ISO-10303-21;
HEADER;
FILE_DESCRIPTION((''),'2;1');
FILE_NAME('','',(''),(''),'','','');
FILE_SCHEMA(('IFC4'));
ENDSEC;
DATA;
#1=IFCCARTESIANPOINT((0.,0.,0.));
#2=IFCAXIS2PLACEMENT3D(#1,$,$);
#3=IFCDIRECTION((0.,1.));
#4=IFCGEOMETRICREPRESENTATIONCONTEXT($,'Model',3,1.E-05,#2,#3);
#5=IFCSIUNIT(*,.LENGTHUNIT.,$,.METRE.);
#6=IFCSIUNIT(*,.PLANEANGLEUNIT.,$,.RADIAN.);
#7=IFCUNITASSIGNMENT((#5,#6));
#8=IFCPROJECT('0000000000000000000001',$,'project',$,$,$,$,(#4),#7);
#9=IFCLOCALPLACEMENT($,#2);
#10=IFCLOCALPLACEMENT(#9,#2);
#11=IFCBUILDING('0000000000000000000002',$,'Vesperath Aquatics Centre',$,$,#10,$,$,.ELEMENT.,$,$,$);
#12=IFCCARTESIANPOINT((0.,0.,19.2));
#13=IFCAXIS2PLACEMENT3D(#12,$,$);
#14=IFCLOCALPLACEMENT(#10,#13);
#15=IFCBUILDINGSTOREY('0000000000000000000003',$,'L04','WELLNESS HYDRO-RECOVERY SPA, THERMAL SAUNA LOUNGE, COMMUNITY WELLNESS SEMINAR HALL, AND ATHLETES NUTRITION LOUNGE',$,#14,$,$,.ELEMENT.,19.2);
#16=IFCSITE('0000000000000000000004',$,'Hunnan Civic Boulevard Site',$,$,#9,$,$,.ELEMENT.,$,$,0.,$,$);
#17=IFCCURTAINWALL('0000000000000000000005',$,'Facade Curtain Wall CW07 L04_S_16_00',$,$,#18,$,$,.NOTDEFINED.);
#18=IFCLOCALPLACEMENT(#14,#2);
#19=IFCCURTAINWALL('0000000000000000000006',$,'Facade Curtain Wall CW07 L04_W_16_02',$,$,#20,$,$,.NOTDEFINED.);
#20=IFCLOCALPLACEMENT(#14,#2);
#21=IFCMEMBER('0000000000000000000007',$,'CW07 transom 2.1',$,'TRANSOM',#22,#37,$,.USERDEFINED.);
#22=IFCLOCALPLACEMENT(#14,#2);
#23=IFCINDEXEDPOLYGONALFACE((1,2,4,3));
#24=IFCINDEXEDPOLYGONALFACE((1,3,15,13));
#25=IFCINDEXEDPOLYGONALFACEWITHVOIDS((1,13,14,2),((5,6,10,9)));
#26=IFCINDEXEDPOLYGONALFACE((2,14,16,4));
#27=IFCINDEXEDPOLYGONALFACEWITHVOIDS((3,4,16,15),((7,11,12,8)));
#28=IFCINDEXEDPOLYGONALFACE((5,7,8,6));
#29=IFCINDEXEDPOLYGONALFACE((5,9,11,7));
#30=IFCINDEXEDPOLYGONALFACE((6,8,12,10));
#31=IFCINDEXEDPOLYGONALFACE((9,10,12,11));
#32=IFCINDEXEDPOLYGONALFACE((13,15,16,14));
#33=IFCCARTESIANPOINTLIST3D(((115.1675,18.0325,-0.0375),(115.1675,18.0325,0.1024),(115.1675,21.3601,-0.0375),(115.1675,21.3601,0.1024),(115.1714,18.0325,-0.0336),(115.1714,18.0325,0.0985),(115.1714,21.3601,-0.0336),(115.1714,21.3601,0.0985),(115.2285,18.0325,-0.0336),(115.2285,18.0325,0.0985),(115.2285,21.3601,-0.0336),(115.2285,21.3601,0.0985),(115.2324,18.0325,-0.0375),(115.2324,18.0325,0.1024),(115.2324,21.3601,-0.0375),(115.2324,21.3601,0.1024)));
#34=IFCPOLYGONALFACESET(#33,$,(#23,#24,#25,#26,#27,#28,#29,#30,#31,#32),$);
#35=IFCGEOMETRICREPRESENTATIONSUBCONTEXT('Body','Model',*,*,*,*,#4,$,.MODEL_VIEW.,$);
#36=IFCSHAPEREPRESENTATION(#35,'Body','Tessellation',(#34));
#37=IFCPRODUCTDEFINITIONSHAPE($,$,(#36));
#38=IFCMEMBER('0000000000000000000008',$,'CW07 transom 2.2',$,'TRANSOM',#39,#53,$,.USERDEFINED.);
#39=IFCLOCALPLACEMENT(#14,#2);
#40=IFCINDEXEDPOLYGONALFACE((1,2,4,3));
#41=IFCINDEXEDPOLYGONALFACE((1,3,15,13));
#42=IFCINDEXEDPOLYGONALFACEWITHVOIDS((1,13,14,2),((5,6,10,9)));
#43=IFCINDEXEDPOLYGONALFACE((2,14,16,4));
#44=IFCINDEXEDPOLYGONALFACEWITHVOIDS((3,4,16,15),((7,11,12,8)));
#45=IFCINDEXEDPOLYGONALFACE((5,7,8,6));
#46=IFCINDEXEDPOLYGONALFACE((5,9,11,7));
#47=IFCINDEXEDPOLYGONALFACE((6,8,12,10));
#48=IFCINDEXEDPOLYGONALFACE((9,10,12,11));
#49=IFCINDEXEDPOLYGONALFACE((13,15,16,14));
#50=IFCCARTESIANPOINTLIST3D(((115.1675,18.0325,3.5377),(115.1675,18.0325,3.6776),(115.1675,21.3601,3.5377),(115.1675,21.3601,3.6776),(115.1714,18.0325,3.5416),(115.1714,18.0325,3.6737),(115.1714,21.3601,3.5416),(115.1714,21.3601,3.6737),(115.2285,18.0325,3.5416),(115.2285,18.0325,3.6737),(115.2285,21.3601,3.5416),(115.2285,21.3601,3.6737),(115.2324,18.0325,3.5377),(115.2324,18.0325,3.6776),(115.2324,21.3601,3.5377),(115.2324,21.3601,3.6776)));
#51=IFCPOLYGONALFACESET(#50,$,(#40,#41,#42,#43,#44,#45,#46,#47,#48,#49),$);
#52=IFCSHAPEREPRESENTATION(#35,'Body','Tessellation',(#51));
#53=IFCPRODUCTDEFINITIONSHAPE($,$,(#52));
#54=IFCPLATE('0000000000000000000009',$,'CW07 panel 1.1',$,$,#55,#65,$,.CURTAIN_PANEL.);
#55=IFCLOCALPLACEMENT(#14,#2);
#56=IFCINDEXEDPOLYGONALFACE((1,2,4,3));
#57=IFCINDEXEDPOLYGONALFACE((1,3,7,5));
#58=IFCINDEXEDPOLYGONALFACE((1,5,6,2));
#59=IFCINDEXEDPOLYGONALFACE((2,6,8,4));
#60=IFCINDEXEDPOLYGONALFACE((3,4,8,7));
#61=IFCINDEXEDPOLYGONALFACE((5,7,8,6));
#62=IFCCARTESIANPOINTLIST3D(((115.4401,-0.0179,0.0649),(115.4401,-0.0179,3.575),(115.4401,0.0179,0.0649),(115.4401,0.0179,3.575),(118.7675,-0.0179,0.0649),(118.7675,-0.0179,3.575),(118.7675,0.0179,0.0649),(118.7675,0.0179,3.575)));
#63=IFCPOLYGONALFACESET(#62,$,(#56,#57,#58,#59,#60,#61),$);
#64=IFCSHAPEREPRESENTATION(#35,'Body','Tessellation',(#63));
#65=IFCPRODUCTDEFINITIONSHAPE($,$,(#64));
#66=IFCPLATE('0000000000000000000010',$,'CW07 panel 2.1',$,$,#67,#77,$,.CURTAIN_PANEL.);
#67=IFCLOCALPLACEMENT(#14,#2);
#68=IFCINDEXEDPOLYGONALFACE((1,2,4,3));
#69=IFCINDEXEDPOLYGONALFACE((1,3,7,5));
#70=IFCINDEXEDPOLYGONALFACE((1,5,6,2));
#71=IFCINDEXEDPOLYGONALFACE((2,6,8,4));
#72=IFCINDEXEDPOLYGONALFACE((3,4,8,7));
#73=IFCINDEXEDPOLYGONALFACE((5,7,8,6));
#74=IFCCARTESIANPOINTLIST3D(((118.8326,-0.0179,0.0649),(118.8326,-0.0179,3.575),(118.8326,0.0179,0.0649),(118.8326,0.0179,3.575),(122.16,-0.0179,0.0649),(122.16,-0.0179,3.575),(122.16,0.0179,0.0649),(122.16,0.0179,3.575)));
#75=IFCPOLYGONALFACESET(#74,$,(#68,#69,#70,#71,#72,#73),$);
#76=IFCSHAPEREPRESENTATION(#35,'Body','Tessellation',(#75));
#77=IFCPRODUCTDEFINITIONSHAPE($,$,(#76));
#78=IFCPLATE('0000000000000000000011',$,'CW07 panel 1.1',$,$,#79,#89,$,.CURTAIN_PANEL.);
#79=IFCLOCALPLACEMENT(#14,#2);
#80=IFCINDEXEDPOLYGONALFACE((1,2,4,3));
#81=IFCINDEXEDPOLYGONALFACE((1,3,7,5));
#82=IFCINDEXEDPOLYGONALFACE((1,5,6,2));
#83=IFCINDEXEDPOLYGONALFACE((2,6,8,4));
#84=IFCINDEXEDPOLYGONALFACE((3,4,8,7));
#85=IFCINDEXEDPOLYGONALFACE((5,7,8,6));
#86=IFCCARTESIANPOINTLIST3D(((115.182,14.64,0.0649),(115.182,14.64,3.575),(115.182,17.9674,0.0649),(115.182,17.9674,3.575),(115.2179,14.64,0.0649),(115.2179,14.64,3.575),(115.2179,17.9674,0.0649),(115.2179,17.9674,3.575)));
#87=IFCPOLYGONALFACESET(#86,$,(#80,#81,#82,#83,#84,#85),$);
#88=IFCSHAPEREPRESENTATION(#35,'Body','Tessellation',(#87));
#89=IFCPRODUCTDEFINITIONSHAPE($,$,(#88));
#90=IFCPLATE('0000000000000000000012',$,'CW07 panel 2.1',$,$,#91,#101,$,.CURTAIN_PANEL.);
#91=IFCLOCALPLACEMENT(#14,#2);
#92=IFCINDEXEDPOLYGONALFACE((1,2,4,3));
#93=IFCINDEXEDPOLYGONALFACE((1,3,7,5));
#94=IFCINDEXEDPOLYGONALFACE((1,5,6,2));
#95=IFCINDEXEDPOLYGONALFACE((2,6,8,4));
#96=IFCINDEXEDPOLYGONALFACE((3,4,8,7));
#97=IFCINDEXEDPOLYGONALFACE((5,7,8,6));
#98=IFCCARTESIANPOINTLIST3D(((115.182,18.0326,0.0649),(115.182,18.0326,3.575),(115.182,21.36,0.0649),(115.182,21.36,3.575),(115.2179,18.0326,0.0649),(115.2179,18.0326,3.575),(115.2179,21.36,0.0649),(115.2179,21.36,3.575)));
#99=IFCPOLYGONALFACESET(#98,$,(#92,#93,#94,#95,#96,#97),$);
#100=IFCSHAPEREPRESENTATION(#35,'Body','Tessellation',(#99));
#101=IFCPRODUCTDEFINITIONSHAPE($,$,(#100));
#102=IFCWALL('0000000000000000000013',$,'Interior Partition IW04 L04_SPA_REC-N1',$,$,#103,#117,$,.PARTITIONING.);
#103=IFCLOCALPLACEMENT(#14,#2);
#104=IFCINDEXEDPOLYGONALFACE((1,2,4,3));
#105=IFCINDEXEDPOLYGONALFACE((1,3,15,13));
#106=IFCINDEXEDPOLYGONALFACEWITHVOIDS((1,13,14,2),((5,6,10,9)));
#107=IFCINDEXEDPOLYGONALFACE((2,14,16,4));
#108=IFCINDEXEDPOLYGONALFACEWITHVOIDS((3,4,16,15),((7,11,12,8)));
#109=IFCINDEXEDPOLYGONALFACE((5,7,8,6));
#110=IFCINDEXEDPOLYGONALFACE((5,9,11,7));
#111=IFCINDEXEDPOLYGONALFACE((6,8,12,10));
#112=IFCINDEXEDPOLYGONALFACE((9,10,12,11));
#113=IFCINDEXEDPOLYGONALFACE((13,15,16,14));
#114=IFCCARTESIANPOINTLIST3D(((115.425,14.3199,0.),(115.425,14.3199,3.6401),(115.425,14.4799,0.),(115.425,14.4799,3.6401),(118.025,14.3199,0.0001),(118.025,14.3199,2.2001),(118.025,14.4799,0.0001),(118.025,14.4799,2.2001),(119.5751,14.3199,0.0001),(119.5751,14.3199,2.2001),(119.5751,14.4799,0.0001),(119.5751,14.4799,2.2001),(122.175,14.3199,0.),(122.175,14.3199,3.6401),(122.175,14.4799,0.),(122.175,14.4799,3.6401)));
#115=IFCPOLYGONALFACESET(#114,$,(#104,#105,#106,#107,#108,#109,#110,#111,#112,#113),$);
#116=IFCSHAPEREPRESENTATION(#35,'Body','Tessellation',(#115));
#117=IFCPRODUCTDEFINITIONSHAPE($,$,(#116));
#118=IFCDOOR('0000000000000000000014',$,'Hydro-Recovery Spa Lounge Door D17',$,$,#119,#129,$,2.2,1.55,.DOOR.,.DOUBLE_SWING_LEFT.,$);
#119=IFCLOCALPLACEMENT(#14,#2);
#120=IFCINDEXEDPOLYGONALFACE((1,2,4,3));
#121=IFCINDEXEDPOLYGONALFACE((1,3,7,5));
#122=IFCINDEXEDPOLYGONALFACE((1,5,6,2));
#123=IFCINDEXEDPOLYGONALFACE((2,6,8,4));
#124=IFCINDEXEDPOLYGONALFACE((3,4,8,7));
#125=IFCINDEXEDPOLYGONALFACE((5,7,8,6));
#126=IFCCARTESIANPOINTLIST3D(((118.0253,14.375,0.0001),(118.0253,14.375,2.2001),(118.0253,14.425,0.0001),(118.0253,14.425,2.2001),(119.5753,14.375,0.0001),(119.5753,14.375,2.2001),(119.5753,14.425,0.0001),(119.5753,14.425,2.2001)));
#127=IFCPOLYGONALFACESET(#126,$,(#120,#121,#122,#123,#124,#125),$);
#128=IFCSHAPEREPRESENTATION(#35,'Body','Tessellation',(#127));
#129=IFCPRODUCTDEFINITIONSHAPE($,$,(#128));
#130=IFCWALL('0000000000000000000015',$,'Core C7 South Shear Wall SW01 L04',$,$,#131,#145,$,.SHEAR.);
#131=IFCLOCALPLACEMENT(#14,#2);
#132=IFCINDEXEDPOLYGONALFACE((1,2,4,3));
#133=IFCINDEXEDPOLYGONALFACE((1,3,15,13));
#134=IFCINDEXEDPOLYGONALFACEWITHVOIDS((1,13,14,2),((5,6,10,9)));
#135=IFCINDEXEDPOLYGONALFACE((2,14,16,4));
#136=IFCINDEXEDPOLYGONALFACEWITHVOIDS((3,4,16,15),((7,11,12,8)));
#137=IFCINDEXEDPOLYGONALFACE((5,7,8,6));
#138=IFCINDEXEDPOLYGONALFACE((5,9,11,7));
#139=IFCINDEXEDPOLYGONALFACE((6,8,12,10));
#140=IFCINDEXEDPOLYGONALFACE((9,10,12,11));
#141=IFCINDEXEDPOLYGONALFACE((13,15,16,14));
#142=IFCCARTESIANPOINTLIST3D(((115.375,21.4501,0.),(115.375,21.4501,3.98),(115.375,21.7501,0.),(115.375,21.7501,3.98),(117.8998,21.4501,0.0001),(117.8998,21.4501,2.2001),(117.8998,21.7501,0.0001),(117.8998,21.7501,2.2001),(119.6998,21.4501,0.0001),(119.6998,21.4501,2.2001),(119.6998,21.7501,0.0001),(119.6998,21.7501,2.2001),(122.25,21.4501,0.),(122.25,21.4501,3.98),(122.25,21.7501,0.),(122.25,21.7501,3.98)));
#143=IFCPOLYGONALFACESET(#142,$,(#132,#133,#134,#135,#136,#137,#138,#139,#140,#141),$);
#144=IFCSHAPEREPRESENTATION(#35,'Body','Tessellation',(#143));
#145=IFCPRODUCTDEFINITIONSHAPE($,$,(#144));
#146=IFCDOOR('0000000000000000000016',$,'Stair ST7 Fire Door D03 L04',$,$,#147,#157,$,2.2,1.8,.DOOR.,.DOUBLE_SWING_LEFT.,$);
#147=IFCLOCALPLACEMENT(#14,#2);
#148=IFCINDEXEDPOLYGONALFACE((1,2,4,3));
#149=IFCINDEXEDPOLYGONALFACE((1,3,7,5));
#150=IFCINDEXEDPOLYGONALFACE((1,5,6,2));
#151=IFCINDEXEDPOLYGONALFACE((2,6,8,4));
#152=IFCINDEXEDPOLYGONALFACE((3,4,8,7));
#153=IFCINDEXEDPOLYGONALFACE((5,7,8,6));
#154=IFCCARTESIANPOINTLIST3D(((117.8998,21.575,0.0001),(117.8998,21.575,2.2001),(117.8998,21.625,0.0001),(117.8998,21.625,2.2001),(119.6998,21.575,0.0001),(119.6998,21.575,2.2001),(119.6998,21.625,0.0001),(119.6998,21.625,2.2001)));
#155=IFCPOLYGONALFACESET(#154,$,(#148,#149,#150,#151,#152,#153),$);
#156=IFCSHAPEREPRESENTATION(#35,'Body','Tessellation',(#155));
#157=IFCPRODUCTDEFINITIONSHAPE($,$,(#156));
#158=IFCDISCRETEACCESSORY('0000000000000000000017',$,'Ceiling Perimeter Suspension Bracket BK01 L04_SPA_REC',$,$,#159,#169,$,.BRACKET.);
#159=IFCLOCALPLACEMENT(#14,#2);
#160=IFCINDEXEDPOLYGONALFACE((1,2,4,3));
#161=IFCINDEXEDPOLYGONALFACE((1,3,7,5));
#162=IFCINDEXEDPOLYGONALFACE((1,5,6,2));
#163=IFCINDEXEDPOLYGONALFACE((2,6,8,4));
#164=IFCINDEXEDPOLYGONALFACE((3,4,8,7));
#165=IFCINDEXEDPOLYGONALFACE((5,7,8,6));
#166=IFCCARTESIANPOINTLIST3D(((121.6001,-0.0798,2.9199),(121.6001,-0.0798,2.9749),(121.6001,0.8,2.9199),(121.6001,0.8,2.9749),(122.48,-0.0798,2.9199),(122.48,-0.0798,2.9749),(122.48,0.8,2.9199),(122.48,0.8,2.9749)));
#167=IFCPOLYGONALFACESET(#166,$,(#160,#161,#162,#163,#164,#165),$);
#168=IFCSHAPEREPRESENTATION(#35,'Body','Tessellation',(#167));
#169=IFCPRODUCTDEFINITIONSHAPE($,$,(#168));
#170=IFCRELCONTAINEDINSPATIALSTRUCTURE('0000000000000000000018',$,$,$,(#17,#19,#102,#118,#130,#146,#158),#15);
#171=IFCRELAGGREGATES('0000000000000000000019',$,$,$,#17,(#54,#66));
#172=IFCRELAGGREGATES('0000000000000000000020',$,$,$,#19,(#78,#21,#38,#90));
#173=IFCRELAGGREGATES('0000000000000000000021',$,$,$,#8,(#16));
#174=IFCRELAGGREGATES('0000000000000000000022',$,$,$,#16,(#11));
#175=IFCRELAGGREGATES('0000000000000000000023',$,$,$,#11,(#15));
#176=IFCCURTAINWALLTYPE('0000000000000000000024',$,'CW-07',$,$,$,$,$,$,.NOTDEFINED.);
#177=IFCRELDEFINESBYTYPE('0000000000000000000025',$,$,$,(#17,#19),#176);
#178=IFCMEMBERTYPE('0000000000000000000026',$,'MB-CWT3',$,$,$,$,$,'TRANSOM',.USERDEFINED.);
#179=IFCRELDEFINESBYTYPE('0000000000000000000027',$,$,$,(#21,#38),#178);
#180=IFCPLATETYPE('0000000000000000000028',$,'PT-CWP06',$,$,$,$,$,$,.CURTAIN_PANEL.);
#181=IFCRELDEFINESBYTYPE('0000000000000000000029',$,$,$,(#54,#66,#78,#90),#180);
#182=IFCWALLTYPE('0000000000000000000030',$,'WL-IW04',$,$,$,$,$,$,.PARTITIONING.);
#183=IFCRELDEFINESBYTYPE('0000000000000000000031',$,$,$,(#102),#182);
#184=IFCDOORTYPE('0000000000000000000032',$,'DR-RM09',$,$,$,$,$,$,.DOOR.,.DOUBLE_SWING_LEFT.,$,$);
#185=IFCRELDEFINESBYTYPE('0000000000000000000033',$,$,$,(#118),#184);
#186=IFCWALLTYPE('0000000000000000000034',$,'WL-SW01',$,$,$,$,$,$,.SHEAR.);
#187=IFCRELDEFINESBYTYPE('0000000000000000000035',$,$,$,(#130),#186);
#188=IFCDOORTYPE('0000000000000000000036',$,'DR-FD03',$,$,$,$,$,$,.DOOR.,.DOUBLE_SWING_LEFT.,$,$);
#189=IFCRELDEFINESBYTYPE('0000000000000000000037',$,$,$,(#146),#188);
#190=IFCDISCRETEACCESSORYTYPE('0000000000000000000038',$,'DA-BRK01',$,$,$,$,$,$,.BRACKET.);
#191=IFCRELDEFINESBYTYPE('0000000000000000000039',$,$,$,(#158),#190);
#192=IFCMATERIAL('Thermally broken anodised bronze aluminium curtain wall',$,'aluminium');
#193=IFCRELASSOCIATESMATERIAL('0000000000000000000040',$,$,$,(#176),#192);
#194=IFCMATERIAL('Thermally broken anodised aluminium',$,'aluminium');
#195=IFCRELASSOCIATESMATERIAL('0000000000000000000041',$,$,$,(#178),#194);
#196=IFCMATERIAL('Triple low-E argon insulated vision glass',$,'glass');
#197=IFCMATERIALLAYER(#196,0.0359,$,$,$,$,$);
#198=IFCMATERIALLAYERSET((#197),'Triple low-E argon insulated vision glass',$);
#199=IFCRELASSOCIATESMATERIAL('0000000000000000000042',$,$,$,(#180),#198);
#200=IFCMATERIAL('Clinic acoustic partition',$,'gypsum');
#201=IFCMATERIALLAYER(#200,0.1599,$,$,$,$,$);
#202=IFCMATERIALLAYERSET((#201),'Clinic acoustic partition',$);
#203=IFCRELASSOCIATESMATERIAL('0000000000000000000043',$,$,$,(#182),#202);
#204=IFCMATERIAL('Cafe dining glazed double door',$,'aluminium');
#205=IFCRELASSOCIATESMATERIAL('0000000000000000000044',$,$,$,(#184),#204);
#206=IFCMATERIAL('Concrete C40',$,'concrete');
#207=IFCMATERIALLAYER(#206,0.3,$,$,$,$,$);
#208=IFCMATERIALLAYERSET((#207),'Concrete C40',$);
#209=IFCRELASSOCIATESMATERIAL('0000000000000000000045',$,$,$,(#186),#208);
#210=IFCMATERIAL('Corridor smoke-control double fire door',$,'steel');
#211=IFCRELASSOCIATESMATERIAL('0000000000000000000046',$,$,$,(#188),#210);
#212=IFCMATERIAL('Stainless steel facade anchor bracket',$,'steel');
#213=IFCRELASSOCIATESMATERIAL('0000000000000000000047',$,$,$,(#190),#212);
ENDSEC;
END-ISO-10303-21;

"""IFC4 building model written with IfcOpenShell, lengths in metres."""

from ifc_helpers import new_model, si_unit, direction, frame, frame_2d, origin, origin_2d, place, context, subcontext, project, spatial, rectangle, hollow_rectangle, extrude, material, layer, layer_set, material_profile, profile_set, type_object, element, fill, aggregate, save


model = new_model("IFC4")

# Units and contexts
model_context = context("Model", 3, precision=1e-05, world=origin(), true_north=direction((0.0, 1.0)))
body_context = subcontext(model_context, "Body", "Model", "MODEL_VIEW")
ifc_project = project(units=[si_unit("LENGTHUNIT", "METRE"), si_unit("PLANEANGLEUNIT", "RADIAN")], contexts=[model_context])

# Site, building, storey
site_placement = place(None, origin())
site = spatial("IfcSite", under=ifc_project, at=site_placement, Name="Hunnan Civic Boulevard Site", CompositionType="ELEMENT", RefElevation=0.0)
building_placement = place(site_placement, origin())
building = spatial("IfcBuilding", under=site, at=building_placement, Name="Vesperath Aquatics Centre", CompositionType="ELEMENT")
storey_placement = place(building_placement, frame((0.0, 0.0, 19.2)))
storey = spatial("IfcBuildingStorey", under=building, at=storey_placement, Name="L04", Description="WELLNESS HYDRO-RECOVERY SPA, THERMAL SAUNA LOUNGE, COMMUNITY WELLNESS SEMINAR HALL, AND ATHLETES NUTRITION LOUNGE", CompositionType="ELEMENT", Elevation=19.2)

# Curtain walls, members
ifc_material_1 = material(Name="Thermally broken anodised bronze aluminium curtain wall", Category="aluminium")
curtain_wall_type = type_object("IfcCurtainWallType", Name="CW-07", PredefinedType="NOTDEFINED", material=ifc_material_1)
curtain_wall_1_placement = place(storey_placement, origin())
curtain_wall_1 = element("IfcCurtainWall", 1, at=curtain_wall_1_placement, inside=storey, type_object=curtain_wall_type, Name="Facade Curtain Wall CW07 L04_S_16_00", PredefinedType="NOTDEFINED")
ifc_material_2 = material(Name="Thermally broken anodised aluminium", Category="aluminium")
ifc_material_profile_1 = material_profile(ifc_material_2, hollow_rectangle(XDim=0.0649, YDim=0.1399, WallThickness=0.0039, at=origin_2d()), Name="CWT 65x140x4")
ifc_profile_set_1 = profile_set([ifc_material_profile_1], Name="Thermally broken anodised aluminium")
member_type_1 = type_object("IfcMemberType", Name="MB-CWT3", ElementType="TRANSOM", PredefinedType="USERDEFINED", material=ifc_profile_set_1)
curtain_wall_2_placement = place(storey_placement, origin())
curtain_wall_2 = element("IfcCurtainWall", 2, at=curtain_wall_2_placement, inside=storey, type_object=curtain_wall_type, Name="Facade Curtain Wall CW07 L04_W_16_02", PredefinedType="NOTDEFINED")
member_1_placement = place(storey_placement, frame((115.2, 18.0325, 0.0325), z_axis=(0.0, 1.0, 0.0), x_axis=(-1.0, 0.0, 0.0)))
member_1 = element("IfcMember", 3, at=member_1_placement, type_object=member_type_1, Name="CW07 transom 2.1", ObjectType="TRANSOM", PredefinedType="USERDEFINED", context=body_context, shape_type="SweptSolid", body=[
    extrude(hollow_rectangle(XDim=0.0649, YDim=0.1399, WallThickness=0.0039, at=origin_2d()), origin(), (0.0, 0.0, 1.0), 3.3276),
])
member_2_placement = place(storey_placement, frame((115.2, 18.0325, 3.6077), z_axis=(0.0, 1.0, 0.0), x_axis=(-1.0, 0.0, 0.0)))
member_2 = element("IfcMember", 4, at=member_2_placement, type_object=member_type_1, Name="CW07 transom 2.2", ObjectType="TRANSOM", PredefinedType="USERDEFINED", context=body_context, shape_type="SweptSolid", body=[
    extrude(hollow_rectangle(XDim=0.0649, YDim=0.1399, WallThickness=0.0039, at=origin_2d()), origin(), (0.0, 0.0, 1.0), 3.3276),
])

# Plates
ifc_material_3 = material(Name="Triple low-E argon insulated vision glass", Category="glass")
ifc_layer_1 = layer(ifc_material_3, 0.0359)
ifc_layer_set_1 = layer_set([ifc_layer_1], Name="Triple low-E argon insulated vision glass")
plate_type = type_object("IfcPlateType", Name="PT-CWP06", PredefinedType="CURTAIN_PANEL", material=ifc_layer_set_1)
plate_1_placement = place(storey_placement, frame((117.1038, 0.0, 0.0649), z_axis=(0.0, 0.0, 1.0), x_axis=(1.0, 0.0, 0.0)))
plate_1 = element("IfcPlate", 5, at=plate_1_placement, type_object=plate_type, Name="CW07 panel 1.1", PredefinedType="CURTAIN_PANEL", context=body_context, shape_type="SweptSolid", body=[
    extrude(rectangle(XDim=3.3274, YDim=0.0359, at=origin_2d()), origin(), (0.0, 0.0, 1.0), 3.51),
])
plate_2_placement = place(storey_placement, frame((120.4963, 0.0, 0.0649), z_axis=(0.0, 0.0, 1.0), x_axis=(1.0, 0.0, 0.0)))
plate_2 = element("IfcPlate", 6, at=plate_2_placement, type_object=plate_type, Name="CW07 panel 2.1", PredefinedType="CURTAIN_PANEL", context=body_context, shape_type="SweptSolid", body=[
    extrude(rectangle(XDim=3.3274, YDim=0.0359, at=origin_2d()), origin(), (0.0, 0.0, 1.0), 3.51),
])
aggregate(curtain_wall_1, [plate_1, plate_2])
plate_3_placement = place(storey_placement, frame((115.2, 16.3037, 0.0649), z_axis=(0.0, 0.0, 1.0), x_axis=(0.0, 1.0, 0.0)))
plate_3 = element("IfcPlate", 7, at=plate_3_placement, type_object=plate_type, Name="CW07 panel 1.1", PredefinedType="CURTAIN_PANEL", context=body_context, shape_type="SweptSolid", body=[
    extrude(rectangle(XDim=3.3274, YDim=0.0359, at=origin_2d()), origin(), (0.0, 0.0, 1.0), 3.51),
])
plate_4_placement = place(storey_placement, frame((115.2, 19.6963, 0.0649), z_axis=(0.0, 0.0, 1.0), x_axis=(0.0, 1.0, 0.0)))
plate_4 = element("IfcPlate", 8, at=plate_4_placement, type_object=plate_type, Name="CW07 panel 2.1", PredefinedType="CURTAIN_PANEL", context=body_context, shape_type="SweptSolid", body=[
    extrude(rectangle(XDim=3.3274, YDim=0.0359, at=origin_2d()), origin(), (0.0, 0.0, 1.0), 3.51),
])
aggregate(curtain_wall_2, [plate_3, member_1, member_2, plate_4])

# Walls, openings, doors
ifc_material_4 = material(Name="Clinic acoustic partition", Category="gypsum")
ifc_layer_2 = layer(ifc_material_4, 0.1599)
ifc_layer_set_2 = layer_set([ifc_layer_2], Name="Clinic acoustic partition")
wall_type_1 = type_object("IfcWallType", Name="WL-IW04", PredefinedType="PARTITIONING", material=ifc_layer_set_2)
wall_1_placement = place(storey_placement, frame((115.425, 14.3999, 0.0), z_axis=(0.0, 0.0, 1.0), x_axis=(1.0, 0.0, 0.0)))
wall_1 = element("IfcWall", 9, at=wall_1_placement, inside=storey, type_object=wall_type_1, Name="Interior Partition IW04 L04_SPA_REC-N1", PredefinedType="PARTITIONING", context=body_context, shape_type="SweptSolid", body=[
    extrude(rectangle(XDim=6.75, YDim=0.1599, at=frame_2d((3.375, 0.0))), origin(), (0.0, 0.0, 1.0), 3.6401),
])
opening_1_placement = place(wall_1_placement, frame((2.6001, 0.0, 0.0)))
opening_1 = element("IfcOpeningElement", 10, at=opening_1_placement, cuts=wall_1, PredefinedType="OPENING", context=body_context, shape_type="SweptSolid", body=[
    extrude(rectangle(XDim=1.55, YDim=2.2, at=frame_2d((0.7749, 1.1001))), frame((0.0, 0.0947, 0.0), z_axis=(0.0, -1.0, 0.0), x_axis=(1.0, 0.0, 0.0)), (0.0, 0.0, 1.0), 0.1897),
])
ifc_material_5 = material(Name="Cafe dining glazed double door", Category="aluminium")
door_type_1 = type_object("IfcDoorType", Name="DR-RM09", OperationType="DOUBLE_SWING_LEFT", PredefinedType="DOOR", material=ifc_material_5)
door_1_placement = place(opening_1_placement, frame((1.55, 0.0, 0.0), z_axis=(0.0, 0.0, 1.0), x_axis=(-1.0, 0.0, 0.0)))
door_1 = element("IfcDoor", 11, at=door_1_placement, inside=storey, type_object=door_type_1, Name="Hydro-Recovery Spa Lounge Door D17", OperationType="DOUBLE_SWING_LEFT", OverallHeight=2.2, OverallWidth=1.55, PredefinedType="DOOR", context=body_context, shape_type="SweptSolid", body=[
    extrude(rectangle(XDim=1.55, YDim=2.2, at=frame_2d((0.7749, 1.1001))), frame((0.0, 0.0249, 0.0), z_axis=(0.0, -1.0, 0.0), x_axis=(1.0, 0.0, 0.0)), (0.0, 0.0, 1.0), 0.05),
])
fill(opening_1, door_1)
ifc_material_6 = material(Name="Concrete C40", Category="concrete")
ifc_layer_3 = layer(ifc_material_6, 0.3)
ifc_layer_set_3 = layer_set([ifc_layer_3], Name="Concrete C40")
wall_type_2 = type_object("IfcWallType", Name="WL-SW01", PredefinedType="SHEAR", material=ifc_layer_set_3)
wall_2_placement = place(storey_placement, frame((115.375, 21.6001, 0.0), z_axis=(0.0, 0.0, 1.0), x_axis=(1.0, 0.0, 0.0)))
wall_2 = element("IfcWall", 12, at=wall_2_placement, inside=storey, type_object=wall_type_2, Name="Core C7 South Shear Wall SW01 L04", PredefinedType="SHEAR", context=body_context, shape_type="SweptSolid", body=[
    extrude(rectangle(XDim=6.875, YDim=0.3, at=frame_2d((3.4375, 0.0))), origin(), (0.0, 0.0, 1.0), 3.98),
])
opening_2_placement = place(wall_2_placement, frame((2.5249, 0.0, 0.0)))
opening_2 = element("IfcOpeningElement", 13, at=opening_2_placement, cuts=wall_2, PredefinedType="OPENING", context=body_context, shape_type="SweptSolid", body=[
    extrude(rectangle(XDim=1.8, YDim=2.2, at=frame_2d((0.8999, 1.1001))), frame((0.0, 0.165, 0.0), z_axis=(0.0, -1.0, 0.0), x_axis=(1.0, 0.0, 0.0)), (0.0, 0.0, 1.0), 0.3298),
])
ifc_material_7 = material(Name="Corridor smoke-control double fire door", Category="steel")
door_type_2 = type_object("IfcDoorType", Name="DR-FD03", OperationType="DOUBLE_SWING_LEFT", PredefinedType="DOOR", material=ifc_material_7)
door_2_placement = place(opening_2_placement, origin())
door_2 = element("IfcDoor", 14, at=door_2_placement, inside=storey, type_object=door_type_2, Name="Stair ST7 Fire Door D03 L04", OperationType="DOUBLE_SWING_LEFT", OverallHeight=2.2, OverallWidth=1.8, PredefinedType="DOOR", context=body_context, shape_type="SweptSolid", body=[
    extrude(rectangle(XDim=1.8, YDim=2.2, at=frame_2d((0.8999, 1.1001))), frame((0.0, 0.0249, 0.0), z_axis=(0.0, -1.0, 0.0), x_axis=(1.0, 0.0, 0.0)), (0.0, 0.0, 1.0), 0.05),
])
fill(opening_2, door_2)

# Discrete accessory
ifc_material_8 = material(Name="Stainless steel facade anchor bracket", Category="steel")
discrete_accessory_type = type_object("IfcDiscreteAccessoryType", Name="DA-BRK01", PredefinedType="BRACKET", material=ifc_material_8)
discrete_accessory_placement = place(storey_placement, frame((122.04, 0.3601, 2.9199), z_axis=(0.0, 0.0, 1.0), x_axis=(1.0, 0.0, 0.0)))
element("IfcDiscreteAccessory", 15, at=discrete_accessory_placement, inside=storey, type_object=discrete_accessory_type, Name="Ceiling Perimeter Suspension Bracket BK01 L04_SPA_REC", PredefinedType="BRACKET", context=body_context, shape_type="SweptSolid", body=[
    extrude(rectangle(XDim=0.8799, YDim=0.8799, at=origin_2d()), origin(), (0.0, 0.0, 1.0), 0.0549),
])

save(model, "model.ifc")
